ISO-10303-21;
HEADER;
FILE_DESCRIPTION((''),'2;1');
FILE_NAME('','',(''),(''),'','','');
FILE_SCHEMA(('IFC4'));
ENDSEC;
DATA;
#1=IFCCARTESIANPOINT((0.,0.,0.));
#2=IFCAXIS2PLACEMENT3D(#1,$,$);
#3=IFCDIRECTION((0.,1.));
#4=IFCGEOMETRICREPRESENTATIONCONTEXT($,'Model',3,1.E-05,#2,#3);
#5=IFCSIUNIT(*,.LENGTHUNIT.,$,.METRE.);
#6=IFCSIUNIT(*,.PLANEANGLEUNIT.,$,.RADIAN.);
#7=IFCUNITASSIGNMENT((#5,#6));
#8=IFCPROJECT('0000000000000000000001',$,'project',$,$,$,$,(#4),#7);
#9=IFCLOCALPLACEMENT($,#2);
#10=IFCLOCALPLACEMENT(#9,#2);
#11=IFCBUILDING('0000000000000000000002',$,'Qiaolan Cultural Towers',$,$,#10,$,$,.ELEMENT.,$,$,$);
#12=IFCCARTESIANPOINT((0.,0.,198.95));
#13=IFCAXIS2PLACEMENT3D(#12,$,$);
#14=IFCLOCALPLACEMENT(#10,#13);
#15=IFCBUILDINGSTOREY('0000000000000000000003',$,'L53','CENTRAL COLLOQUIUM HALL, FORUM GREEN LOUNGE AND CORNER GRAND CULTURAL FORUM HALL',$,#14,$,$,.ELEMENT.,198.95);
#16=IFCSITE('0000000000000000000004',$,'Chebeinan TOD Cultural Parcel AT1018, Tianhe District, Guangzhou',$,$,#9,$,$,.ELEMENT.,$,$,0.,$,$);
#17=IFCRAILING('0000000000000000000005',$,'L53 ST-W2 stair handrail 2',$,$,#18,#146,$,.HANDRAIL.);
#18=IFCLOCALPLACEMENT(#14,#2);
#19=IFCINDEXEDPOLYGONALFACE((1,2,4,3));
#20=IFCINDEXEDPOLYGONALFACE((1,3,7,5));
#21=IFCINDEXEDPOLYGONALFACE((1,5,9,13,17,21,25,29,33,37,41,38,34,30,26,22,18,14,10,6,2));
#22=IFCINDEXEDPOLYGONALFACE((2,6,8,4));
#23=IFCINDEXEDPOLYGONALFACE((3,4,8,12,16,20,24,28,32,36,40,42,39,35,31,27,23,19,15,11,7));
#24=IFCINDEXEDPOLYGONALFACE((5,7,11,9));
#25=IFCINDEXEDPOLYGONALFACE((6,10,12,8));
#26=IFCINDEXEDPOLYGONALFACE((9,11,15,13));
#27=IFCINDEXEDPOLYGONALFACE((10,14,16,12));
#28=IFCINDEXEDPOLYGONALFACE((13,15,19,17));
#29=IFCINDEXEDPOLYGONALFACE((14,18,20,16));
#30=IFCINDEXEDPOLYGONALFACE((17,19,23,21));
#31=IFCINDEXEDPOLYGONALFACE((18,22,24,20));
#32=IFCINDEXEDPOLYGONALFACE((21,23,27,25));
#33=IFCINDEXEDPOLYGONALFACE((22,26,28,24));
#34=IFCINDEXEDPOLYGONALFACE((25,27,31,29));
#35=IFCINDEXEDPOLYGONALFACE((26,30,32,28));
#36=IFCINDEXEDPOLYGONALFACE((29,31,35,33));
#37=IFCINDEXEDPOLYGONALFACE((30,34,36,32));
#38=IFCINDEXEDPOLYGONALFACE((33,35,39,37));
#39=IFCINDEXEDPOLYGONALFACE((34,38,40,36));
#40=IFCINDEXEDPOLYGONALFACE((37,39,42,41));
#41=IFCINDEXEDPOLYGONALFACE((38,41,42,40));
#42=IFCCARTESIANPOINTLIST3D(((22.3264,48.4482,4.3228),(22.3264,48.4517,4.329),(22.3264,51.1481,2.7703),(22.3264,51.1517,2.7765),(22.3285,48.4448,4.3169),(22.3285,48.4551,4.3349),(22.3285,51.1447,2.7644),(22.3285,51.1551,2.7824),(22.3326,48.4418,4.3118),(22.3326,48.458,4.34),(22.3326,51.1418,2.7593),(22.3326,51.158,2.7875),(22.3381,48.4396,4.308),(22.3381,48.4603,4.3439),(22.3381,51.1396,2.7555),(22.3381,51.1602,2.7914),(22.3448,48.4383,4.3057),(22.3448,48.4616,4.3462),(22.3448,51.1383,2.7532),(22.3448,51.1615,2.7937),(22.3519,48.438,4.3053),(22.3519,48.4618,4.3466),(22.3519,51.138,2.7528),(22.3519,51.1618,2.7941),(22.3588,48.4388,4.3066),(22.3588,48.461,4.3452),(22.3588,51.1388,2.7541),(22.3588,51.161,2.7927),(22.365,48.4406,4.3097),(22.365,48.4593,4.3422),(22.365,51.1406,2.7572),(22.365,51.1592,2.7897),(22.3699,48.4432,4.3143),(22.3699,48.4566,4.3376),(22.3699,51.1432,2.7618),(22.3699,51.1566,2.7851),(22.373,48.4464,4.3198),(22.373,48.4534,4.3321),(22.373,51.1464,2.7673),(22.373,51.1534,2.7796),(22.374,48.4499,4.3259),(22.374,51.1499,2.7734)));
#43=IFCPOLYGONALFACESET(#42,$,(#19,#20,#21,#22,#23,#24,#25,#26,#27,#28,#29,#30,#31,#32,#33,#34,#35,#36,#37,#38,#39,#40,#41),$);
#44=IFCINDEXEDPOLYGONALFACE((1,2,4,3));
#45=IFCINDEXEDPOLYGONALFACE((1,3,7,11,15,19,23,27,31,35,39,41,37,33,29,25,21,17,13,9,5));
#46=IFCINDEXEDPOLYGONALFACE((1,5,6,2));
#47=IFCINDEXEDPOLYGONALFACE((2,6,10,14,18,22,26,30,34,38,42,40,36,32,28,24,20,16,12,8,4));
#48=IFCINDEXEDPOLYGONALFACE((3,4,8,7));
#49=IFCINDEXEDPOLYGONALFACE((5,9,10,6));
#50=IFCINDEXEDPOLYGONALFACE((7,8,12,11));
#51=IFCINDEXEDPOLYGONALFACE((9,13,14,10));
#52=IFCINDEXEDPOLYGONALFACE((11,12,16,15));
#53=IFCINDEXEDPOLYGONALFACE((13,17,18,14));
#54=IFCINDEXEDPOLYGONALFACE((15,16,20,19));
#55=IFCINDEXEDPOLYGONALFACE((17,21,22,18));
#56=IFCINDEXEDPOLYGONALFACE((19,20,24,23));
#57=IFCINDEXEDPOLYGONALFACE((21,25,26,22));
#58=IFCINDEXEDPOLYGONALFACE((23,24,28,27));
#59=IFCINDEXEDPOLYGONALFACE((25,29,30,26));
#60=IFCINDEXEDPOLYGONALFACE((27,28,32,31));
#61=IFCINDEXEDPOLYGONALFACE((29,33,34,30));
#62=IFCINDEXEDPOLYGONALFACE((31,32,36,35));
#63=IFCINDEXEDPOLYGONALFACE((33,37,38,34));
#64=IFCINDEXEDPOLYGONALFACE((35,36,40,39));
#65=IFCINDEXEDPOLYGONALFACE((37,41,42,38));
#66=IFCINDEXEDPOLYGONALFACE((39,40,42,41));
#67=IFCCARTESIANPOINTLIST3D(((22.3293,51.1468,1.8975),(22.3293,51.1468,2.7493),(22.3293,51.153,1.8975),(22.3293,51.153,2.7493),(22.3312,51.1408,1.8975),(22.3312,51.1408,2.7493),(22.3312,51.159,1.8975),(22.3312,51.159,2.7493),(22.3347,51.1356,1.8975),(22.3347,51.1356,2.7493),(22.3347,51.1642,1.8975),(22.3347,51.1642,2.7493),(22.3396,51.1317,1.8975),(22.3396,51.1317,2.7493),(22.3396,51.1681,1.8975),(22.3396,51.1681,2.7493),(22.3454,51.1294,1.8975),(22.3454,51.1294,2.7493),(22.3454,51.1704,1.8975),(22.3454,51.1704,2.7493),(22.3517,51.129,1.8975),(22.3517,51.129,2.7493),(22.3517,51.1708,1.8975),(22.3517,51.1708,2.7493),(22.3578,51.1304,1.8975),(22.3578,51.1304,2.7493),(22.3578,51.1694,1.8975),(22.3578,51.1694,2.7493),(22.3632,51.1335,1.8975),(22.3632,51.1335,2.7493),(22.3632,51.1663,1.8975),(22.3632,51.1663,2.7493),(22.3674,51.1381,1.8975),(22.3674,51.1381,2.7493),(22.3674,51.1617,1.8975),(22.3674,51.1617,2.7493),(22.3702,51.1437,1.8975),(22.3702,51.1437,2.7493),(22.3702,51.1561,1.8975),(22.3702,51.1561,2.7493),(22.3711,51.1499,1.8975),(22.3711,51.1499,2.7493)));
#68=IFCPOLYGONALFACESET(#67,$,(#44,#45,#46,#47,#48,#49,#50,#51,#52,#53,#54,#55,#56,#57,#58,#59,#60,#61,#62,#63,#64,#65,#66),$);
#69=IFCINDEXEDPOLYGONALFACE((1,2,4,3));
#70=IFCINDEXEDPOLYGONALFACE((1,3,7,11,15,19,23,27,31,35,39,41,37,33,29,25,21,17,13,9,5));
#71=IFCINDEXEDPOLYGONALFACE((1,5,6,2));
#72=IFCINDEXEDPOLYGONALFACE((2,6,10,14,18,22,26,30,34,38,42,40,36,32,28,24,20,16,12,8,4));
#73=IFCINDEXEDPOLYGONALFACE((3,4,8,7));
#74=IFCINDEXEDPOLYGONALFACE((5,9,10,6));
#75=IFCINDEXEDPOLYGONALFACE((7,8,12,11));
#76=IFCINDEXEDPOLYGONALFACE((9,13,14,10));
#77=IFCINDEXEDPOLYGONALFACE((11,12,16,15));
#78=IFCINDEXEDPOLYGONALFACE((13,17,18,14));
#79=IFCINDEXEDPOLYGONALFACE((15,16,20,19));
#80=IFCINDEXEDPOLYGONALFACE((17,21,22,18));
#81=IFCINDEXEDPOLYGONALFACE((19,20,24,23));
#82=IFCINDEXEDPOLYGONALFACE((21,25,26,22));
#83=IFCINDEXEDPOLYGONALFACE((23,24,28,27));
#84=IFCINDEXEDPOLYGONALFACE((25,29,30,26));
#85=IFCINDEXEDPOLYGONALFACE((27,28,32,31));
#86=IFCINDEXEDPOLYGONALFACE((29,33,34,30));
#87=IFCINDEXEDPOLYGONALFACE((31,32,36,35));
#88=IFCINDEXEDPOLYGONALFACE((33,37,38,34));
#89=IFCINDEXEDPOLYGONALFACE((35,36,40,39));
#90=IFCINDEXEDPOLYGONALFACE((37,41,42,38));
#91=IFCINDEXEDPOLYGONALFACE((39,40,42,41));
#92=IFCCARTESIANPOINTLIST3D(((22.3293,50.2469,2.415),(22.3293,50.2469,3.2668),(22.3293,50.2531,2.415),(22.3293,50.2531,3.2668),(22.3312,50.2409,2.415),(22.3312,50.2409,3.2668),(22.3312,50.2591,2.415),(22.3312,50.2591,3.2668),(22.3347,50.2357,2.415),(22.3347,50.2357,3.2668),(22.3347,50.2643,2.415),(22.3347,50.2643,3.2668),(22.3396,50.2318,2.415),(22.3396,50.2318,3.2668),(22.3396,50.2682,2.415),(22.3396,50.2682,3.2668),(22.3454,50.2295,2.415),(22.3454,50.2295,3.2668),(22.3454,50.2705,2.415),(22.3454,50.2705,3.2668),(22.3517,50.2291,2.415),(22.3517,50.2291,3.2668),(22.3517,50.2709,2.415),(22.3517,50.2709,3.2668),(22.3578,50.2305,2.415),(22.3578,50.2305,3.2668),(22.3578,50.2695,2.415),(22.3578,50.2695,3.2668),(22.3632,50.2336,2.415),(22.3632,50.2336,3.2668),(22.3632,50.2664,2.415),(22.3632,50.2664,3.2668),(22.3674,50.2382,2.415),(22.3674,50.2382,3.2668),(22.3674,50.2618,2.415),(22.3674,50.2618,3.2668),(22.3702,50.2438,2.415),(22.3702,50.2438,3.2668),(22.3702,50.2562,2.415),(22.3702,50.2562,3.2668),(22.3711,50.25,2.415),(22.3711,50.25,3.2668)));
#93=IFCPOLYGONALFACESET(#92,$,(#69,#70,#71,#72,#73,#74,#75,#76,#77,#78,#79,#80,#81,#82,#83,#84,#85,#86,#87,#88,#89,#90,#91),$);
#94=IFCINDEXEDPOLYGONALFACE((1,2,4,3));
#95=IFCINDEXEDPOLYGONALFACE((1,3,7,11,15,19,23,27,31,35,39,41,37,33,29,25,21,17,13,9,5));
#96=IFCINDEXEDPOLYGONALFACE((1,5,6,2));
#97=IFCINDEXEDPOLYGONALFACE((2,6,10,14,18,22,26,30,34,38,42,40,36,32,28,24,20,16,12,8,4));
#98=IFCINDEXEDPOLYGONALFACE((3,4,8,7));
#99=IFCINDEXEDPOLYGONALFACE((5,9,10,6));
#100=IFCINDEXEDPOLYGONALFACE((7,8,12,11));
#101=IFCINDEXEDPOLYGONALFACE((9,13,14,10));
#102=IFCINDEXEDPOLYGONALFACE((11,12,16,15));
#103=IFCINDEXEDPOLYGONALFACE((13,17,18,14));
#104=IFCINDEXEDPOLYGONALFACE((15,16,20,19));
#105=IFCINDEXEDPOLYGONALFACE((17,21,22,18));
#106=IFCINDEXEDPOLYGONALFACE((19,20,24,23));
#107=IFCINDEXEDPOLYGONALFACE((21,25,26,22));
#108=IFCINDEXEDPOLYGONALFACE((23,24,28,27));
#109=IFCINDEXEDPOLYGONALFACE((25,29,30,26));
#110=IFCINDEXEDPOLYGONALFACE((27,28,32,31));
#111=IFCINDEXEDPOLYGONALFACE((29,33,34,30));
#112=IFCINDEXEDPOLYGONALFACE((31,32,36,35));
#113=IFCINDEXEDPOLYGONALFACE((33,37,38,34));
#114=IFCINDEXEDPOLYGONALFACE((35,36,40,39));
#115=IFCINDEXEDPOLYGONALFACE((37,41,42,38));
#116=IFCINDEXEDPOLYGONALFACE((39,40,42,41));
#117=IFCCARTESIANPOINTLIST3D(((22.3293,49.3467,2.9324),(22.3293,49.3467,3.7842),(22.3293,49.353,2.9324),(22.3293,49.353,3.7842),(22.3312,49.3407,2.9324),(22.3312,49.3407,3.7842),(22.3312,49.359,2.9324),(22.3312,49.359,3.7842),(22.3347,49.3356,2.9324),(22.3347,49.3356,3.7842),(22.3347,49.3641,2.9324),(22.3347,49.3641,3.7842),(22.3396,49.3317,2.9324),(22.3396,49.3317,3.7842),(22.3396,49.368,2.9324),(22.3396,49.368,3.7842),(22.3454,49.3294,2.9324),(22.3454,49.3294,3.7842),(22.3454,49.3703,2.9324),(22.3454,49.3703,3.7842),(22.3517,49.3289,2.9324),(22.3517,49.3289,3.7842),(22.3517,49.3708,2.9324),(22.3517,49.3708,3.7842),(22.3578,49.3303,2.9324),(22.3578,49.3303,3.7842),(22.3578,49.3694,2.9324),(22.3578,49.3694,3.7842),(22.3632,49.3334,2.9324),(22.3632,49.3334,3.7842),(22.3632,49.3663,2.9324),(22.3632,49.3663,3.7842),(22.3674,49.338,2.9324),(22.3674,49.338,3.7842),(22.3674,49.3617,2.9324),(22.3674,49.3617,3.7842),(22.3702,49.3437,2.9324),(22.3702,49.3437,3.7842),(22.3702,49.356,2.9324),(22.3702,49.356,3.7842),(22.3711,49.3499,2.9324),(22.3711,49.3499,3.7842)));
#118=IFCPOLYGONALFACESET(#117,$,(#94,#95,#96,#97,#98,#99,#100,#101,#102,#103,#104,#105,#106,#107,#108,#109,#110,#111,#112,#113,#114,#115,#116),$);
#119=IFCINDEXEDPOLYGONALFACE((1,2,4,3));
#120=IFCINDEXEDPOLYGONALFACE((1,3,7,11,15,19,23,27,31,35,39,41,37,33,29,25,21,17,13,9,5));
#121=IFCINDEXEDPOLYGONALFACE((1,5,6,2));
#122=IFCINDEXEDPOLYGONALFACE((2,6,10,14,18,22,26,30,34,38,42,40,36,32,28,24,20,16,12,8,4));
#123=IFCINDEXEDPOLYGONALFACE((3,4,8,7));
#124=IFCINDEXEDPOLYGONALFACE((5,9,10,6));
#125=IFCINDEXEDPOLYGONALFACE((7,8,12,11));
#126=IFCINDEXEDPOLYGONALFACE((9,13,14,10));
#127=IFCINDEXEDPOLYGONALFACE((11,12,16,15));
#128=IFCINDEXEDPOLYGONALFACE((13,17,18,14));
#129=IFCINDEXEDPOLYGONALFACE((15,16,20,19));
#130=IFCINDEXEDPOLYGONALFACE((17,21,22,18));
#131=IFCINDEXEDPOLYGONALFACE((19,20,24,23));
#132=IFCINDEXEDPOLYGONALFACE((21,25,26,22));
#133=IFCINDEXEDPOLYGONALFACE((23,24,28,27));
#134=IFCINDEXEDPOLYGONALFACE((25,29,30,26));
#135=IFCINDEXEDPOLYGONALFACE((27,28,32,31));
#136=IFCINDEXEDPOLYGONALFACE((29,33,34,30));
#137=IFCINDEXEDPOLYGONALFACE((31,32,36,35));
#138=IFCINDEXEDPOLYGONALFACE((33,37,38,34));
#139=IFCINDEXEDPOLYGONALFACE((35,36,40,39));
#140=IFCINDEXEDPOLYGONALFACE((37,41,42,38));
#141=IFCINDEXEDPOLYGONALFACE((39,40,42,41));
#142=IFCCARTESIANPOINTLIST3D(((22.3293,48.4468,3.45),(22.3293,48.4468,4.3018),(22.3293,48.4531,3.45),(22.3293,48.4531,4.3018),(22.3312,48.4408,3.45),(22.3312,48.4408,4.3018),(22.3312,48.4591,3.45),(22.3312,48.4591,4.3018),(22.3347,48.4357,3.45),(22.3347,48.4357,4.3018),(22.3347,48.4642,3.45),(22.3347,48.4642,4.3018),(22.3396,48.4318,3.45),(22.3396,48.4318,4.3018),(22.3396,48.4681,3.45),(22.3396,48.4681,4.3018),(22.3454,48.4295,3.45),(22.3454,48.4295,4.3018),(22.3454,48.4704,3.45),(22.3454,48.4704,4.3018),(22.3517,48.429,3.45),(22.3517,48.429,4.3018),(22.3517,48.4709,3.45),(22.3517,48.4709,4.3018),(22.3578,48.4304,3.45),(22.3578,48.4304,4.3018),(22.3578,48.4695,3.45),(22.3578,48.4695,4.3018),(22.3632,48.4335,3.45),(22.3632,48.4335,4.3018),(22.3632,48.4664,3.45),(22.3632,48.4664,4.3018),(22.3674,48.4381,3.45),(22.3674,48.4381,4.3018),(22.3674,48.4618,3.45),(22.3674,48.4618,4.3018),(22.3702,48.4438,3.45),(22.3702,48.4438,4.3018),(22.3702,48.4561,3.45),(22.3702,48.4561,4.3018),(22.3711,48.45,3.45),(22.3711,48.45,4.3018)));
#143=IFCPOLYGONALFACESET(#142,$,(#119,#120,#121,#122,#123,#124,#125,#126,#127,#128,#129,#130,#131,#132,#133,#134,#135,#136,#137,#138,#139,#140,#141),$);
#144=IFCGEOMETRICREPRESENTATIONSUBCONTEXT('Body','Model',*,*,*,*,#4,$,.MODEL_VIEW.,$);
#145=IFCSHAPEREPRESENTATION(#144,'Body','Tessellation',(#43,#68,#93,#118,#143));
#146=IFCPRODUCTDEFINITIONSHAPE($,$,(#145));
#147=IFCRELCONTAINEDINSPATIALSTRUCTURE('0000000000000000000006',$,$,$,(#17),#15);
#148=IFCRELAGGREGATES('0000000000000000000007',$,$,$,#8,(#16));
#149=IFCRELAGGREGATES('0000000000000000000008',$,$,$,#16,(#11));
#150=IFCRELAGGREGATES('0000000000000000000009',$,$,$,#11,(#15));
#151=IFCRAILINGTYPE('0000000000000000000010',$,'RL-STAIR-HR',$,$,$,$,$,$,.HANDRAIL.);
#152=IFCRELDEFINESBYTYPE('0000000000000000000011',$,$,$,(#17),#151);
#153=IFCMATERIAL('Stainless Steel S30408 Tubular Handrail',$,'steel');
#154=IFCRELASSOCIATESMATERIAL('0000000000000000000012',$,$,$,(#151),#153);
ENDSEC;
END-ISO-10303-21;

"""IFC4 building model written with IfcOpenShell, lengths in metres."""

from ifc_helpers import new_model, si_unit, direction, frame, origin, origin_2d, place, context, subcontext, project, spatial, circle, extrude, material, type_object, element, save


model = new_model("IFC4")

# Units and contexts
model_context = context("Model", 3, precision=1e-05, world=origin(), true_north=direction((0.0, 1.0)))
body_context = subcontext(model_context, "Body", "Model", "MODEL_VIEW")
ifc_project = project(units=[si_unit("LENGTHUNIT", "METRE"), si_unit("PLANEANGLEUNIT", "RADIAN")], contexts=[model_context])

# Site, building, storey
site_placement = place(None, origin())
site = spatial("IfcSite", under=ifc_project, at=site_placement, Name="Chebeinan TOD Cultural Parcel AT1018, Tianhe District, Guangzhou", CompositionType="ELEMENT", RefElevation=0.0)
building_placement = place(site_placement, origin())
building = spatial("IfcBuilding", under=site, at=building_placement, Name="Qiaolan Cultural Towers", CompositionType="ELEMENT")
storey_placement = place(building_placement, frame((0.0, 0.0, 198.95)))
storey = spatial("IfcBuildingStorey", under=building, at=storey_placement, Name="L53", Description="CENTRAL COLLOQUIUM HALL, FORUM GREEN LOUNGE AND CORNER GRAND CULTURAL FORUM HALL", CompositionType="ELEMENT", Elevation=198.95)

# Railing
ifc_material_1 = material(Name="Stainless Steel S30408 Tubular Handrail", Category="steel")
railing_type_1 = type_object("IfcRailingType", Name="RL-STAIR-HR", PredefinedType="HANDRAIL", material=ifc_material_1)
railing_1_placement = place(storey_placement, frame((22.3501, 51.1499, 1.8975)))
element("IfcRailing", 1, at=railing_1_placement, inside=storey, type_object=railing_type_1, Name="L53 ST-W2 stair handrail 2", PredefinedType="HANDRAIL", context=body_context, shape_type="SweptSolid", body=[
    extrude(circle(Radius=0.0239, at=origin_2d()), frame((0.0, 0.0, 0.876), z_axis=(0.0, -0.866904, 0.498476), x_axis=(1.0, 0.0, 0.0)), (0.0, 0.0, 1.0), 3.1145),
    extrude(circle(Radius=0.021, at=origin_2d()), origin(), (0.0, 0.0, 1.0), 0.8518),
    extrude(circle(Radius=0.021, at=origin_2d()), frame((0.0, -0.8999, 0.5176)), (0.0, 0.0, 1.0), 0.8518),
    extrude(circle(Radius=0.021, at=origin_2d()), frame((0.0, -1.8, 1.0349)), (0.0, 0.0, 1.0), 0.8518),
    extrude(circle(Radius=0.021, at=origin_2d()), frame((0.0, -2.7, 1.5525)), (0.0, 0.0, 1.0), 0.8518),
])

save(model, "model.ifc")
